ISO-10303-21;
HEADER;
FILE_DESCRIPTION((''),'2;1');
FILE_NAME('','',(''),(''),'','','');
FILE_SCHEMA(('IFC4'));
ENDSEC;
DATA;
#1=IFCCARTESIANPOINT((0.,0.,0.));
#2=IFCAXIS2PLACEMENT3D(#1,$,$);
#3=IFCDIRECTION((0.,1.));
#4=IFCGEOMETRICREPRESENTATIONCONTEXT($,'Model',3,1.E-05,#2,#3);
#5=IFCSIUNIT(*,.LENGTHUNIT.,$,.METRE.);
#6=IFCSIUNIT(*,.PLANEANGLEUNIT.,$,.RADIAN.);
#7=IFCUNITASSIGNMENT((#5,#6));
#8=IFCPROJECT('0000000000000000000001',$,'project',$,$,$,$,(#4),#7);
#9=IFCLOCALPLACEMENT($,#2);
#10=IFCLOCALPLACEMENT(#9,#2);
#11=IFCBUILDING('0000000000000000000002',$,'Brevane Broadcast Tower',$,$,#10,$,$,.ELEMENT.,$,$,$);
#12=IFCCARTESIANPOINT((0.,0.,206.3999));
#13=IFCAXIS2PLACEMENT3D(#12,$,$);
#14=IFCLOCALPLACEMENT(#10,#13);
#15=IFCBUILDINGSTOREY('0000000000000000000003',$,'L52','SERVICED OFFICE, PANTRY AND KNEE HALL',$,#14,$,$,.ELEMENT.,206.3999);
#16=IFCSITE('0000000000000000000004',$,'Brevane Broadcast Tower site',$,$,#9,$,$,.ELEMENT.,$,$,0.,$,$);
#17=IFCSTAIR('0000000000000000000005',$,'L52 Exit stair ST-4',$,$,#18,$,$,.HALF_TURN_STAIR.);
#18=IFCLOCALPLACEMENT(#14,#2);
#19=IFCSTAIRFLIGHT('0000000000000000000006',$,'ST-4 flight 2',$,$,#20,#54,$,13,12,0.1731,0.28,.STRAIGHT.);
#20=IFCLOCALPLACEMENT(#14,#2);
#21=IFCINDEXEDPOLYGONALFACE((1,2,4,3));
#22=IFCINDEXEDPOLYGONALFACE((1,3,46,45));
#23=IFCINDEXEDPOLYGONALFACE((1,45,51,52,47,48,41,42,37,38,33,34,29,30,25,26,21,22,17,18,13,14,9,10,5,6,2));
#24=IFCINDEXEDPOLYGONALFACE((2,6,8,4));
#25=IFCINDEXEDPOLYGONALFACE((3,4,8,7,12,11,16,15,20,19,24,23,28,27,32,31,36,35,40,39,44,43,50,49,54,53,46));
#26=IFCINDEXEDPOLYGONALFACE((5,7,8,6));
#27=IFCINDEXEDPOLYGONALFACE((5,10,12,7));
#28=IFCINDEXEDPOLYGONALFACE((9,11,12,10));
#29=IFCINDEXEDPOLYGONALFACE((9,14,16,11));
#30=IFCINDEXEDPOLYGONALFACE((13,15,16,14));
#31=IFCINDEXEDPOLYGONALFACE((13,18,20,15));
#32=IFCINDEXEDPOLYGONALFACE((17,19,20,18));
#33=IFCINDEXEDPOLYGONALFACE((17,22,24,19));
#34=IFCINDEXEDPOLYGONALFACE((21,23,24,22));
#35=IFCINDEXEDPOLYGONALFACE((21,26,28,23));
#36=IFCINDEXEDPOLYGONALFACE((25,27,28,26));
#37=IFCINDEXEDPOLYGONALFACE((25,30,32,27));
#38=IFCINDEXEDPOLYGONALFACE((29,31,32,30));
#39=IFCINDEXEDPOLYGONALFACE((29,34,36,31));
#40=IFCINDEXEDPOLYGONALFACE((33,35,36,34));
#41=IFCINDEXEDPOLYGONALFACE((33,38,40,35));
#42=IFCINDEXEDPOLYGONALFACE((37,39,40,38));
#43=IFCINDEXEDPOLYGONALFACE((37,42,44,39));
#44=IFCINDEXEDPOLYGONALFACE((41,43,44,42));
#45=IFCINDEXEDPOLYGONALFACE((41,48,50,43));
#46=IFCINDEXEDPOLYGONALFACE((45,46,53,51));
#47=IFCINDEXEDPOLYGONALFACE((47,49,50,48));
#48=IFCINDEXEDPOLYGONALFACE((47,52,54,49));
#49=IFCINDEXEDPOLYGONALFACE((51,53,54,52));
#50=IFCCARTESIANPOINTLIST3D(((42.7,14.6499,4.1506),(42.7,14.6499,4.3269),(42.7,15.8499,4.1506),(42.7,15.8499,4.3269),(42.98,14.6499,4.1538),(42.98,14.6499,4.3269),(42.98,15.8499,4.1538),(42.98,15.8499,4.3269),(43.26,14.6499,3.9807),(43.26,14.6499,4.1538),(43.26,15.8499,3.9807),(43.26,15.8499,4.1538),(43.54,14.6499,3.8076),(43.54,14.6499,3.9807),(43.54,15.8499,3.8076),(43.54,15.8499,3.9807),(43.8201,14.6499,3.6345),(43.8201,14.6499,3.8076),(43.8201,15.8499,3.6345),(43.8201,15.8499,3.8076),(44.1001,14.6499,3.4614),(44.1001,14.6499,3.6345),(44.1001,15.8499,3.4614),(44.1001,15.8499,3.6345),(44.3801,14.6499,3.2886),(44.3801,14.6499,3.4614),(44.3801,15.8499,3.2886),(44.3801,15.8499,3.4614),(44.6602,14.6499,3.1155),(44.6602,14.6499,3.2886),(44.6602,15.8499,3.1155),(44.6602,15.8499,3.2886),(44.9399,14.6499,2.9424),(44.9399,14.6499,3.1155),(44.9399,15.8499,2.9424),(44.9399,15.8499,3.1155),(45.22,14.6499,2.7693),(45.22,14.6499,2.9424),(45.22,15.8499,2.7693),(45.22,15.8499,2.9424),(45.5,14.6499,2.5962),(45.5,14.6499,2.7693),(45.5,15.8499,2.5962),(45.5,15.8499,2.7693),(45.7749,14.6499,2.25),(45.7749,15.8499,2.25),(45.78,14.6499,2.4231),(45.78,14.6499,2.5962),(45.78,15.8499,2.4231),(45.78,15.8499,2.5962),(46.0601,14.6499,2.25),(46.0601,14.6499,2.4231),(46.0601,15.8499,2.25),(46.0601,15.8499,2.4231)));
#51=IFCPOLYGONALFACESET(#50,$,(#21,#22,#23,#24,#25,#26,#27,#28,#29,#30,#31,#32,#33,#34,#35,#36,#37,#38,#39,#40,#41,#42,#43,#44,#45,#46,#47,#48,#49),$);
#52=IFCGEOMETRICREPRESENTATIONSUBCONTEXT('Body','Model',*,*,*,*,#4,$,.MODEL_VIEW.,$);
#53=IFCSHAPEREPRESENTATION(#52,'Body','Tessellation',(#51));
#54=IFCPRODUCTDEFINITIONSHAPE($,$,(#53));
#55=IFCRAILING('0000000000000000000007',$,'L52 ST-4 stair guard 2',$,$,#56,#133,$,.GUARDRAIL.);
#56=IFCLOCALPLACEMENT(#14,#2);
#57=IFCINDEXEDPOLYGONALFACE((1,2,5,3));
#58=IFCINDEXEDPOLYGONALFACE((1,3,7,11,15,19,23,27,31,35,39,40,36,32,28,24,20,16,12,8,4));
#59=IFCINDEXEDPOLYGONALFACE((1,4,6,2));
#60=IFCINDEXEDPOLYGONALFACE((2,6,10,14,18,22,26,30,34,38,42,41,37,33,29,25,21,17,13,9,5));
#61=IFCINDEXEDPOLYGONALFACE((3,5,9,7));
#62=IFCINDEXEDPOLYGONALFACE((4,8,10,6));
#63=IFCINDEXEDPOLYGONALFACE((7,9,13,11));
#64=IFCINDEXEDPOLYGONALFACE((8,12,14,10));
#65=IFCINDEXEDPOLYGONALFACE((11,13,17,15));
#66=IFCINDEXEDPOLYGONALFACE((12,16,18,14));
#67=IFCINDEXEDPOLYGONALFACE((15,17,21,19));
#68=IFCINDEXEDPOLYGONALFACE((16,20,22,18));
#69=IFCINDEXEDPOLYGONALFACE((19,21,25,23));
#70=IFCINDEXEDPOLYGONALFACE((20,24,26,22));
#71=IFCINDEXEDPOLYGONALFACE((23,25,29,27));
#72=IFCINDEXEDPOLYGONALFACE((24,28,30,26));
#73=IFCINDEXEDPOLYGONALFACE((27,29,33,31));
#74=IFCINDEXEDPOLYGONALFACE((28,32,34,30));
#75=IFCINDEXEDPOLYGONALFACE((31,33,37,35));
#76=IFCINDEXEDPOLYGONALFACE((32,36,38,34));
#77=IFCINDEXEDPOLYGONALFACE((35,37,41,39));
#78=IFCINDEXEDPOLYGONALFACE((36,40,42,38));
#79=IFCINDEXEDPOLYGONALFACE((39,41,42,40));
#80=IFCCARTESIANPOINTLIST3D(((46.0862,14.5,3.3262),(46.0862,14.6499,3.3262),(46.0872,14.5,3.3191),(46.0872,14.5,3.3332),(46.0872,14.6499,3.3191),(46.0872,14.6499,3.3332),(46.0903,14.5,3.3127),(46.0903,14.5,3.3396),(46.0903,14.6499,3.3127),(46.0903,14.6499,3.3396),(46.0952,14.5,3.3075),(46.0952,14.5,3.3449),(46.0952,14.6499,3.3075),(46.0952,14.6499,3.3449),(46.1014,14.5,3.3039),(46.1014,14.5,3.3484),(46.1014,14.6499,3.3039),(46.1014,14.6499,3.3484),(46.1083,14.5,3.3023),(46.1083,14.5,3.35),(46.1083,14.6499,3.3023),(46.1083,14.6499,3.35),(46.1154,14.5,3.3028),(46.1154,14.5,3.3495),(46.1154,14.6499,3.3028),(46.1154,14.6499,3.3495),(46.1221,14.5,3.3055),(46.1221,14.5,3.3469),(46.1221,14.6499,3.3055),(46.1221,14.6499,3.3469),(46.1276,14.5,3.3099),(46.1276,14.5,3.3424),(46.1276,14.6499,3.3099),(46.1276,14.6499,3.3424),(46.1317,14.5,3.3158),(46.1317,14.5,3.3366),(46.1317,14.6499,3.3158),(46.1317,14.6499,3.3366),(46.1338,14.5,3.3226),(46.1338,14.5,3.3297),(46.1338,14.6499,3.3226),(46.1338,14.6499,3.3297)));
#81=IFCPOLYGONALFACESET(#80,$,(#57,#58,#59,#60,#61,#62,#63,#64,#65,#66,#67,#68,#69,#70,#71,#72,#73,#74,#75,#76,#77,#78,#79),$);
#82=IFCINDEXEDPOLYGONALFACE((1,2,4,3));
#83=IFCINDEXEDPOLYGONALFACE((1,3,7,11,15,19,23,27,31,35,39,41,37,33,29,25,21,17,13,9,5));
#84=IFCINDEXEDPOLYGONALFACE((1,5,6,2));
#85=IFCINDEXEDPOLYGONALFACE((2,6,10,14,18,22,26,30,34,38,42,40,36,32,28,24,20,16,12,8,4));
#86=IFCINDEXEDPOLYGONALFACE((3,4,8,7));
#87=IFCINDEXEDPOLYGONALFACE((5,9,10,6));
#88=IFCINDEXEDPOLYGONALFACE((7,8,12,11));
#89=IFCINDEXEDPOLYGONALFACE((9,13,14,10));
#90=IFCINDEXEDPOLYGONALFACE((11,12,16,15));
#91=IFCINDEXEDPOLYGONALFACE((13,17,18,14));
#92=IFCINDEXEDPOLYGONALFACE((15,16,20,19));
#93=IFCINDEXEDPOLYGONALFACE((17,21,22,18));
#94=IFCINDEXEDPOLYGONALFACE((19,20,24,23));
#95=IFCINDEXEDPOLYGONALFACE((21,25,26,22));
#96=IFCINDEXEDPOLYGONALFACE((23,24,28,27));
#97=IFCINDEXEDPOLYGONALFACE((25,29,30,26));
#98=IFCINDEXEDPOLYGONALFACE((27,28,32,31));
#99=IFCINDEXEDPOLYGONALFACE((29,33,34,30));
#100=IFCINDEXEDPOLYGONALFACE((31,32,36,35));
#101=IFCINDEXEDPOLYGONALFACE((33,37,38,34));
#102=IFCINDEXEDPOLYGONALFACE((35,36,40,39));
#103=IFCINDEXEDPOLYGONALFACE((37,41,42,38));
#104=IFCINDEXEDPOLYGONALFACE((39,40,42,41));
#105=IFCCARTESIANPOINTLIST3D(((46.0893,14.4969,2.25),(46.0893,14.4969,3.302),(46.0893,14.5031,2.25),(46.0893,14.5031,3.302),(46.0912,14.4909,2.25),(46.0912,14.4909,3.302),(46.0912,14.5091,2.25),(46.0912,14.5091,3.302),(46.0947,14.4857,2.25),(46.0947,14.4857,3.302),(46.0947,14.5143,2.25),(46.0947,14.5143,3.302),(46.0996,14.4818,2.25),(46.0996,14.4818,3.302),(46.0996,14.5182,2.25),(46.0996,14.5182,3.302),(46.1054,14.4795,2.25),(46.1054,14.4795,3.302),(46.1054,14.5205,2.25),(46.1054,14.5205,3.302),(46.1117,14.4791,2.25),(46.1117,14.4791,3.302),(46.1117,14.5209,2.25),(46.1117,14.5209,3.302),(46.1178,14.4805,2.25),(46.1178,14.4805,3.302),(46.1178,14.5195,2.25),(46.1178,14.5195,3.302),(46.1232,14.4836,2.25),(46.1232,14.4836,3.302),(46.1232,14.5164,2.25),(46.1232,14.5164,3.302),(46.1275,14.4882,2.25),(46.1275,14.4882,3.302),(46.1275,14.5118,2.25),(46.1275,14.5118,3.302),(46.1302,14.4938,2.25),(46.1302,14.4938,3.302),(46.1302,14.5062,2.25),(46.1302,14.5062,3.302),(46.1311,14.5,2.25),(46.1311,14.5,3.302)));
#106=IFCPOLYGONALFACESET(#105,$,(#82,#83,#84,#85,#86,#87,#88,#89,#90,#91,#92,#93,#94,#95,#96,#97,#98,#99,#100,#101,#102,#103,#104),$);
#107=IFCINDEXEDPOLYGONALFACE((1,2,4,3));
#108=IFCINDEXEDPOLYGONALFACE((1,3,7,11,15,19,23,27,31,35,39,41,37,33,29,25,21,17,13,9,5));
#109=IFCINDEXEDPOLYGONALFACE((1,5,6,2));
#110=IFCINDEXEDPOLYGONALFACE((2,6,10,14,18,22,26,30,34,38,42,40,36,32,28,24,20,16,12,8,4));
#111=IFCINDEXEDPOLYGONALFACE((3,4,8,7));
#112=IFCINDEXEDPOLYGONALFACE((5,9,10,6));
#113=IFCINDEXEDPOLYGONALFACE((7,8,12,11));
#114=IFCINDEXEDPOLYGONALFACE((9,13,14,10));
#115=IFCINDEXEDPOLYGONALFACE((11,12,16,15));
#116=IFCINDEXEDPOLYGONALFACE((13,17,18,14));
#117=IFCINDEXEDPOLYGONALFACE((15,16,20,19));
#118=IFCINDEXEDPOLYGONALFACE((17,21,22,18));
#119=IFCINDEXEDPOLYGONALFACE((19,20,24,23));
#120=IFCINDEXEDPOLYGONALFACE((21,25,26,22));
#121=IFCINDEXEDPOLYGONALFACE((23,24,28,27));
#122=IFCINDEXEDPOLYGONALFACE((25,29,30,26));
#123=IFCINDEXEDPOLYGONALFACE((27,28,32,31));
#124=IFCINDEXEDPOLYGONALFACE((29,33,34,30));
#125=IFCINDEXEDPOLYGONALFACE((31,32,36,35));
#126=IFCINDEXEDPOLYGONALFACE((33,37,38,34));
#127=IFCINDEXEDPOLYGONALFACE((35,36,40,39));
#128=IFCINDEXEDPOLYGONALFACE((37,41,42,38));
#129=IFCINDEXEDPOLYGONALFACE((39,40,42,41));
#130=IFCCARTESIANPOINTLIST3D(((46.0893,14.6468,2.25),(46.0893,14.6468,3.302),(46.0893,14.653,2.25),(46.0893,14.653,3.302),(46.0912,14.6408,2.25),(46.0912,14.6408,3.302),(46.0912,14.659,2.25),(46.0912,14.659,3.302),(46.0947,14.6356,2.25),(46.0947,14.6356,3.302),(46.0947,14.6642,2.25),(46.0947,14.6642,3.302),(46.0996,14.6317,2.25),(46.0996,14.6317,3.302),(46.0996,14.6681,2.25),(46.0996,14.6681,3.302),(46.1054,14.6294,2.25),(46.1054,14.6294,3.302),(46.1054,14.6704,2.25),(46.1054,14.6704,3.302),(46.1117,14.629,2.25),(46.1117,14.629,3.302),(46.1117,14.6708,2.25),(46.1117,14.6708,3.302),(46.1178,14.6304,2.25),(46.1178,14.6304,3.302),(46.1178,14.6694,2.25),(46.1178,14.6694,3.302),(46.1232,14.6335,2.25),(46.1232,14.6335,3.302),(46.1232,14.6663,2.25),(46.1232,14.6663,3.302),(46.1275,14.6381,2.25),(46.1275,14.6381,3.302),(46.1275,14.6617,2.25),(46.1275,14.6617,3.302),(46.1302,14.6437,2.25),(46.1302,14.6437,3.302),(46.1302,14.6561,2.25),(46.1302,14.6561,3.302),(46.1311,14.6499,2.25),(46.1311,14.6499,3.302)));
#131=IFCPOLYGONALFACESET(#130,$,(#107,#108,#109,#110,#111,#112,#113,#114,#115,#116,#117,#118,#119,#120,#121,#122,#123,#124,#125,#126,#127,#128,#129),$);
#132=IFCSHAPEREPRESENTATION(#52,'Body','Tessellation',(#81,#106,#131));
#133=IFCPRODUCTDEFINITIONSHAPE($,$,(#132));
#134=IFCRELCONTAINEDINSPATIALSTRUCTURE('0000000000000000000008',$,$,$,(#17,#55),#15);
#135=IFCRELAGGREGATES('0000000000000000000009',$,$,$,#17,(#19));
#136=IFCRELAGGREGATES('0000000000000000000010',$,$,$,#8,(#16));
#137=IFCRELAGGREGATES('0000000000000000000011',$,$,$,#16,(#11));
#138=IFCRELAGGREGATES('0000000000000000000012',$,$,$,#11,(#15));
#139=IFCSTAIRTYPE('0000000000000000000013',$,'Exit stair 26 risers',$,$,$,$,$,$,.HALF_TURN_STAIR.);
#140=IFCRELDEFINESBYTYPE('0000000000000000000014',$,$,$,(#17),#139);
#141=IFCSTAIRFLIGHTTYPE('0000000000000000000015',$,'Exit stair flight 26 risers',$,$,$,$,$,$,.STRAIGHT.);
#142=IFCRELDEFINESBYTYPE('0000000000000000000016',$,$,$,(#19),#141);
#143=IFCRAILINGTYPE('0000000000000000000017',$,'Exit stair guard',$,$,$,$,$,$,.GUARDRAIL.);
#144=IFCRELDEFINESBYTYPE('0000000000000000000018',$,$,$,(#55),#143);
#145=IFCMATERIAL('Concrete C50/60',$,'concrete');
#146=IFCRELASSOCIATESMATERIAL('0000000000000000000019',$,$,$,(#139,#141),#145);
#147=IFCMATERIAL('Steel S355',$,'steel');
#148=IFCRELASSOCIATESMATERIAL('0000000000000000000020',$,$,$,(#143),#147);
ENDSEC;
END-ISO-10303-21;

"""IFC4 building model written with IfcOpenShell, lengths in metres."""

from ifc_helpers import new_model, si_unit, direction, frame, origin, origin_2d, place, context, subcontext, project, spatial, polyline, circle, outline, extrude, material, type_object, element, aggregate, save


model = new_model("IFC4")

# Units and contexts
model_context = context("Model", 3, precision=1e-05, world=origin(), true_north=direction((0.0, 1.0)))
body_context = subcontext(model_context, "Body", "Model", "MODEL_VIEW")
ifc_project = project(units=[si_unit("LENGTHUNIT", "METRE"), si_unit("PLANEANGLEUNIT", "RADIAN")], contexts=[model_context])

# Site, building, storey
site_placement = place(None, origin())
site = spatial("IfcSite", under=ifc_project, at=site_placement, Name="Brevane Broadcast Tower site", CompositionType="ELEMENT", RefElevation=0.0)
building_placement = place(site_placement, origin())
building = spatial("IfcBuilding", under=site, at=building_placement, Name="Brevane Broadcast Tower", CompositionType="ELEMENT")
storey_placement = place(building_placement, frame((0.0, 0.0, 206.3999)))
storey = spatial("IfcBuildingStorey", under=building, at=storey_placement, Name="L52", Description="SERVICED OFFICE, PANTRY AND KNEE HALL", CompositionType="ELEMENT", Elevation=206.3999)

# Stair, stair flight
ifc_material_1 = material(Name="Concrete C50/60", Category="concrete")
stair_type = type_object("IfcStairType", Name="Exit stair 26 risers", PredefinedType="HALF_TURN_STAIR", material=ifc_material_1)
stair_placement = place(storey_placement, origin())
stair = element("IfcStair", 1, at=stair_placement, inside=storey, type_object=stair_type, Name="L52 Exit stair ST-4", PredefinedType="HALF_TURN_STAIR")
stair_flight_type = type_object("IfcStairFlightType", Name="Exit stair flight 26 risers", PredefinedType="STRAIGHT", material=ifc_material_1)
stair_flight_placement = place(storey_placement, frame((46.0601, 15.25, 2.25), z_axis=(0.0, 0.0, 1.0), x_axis=(-1.0, 0.0, 0.0)))
stair_flight = element("IfcStairFlight", 2, at=stair_flight_placement, type_object=stair_flight_type, Name="ST-4 flight 2", NumberOfRisers=13, NumberOfTreads=12, PredefinedType="STRAIGHT", RiserHeight=0.1731, TreadLength=0.28, context=body_context, shape_type="SweptSolid", body=[
    extrude(outline(polyline([(0.0, 0.0), (0.0, 0.1731), (0.28, 0.1731), (0.28, 0.3462), (0.5601, 0.3462), (0.5601, 0.5193), (0.8401, 0.5193), (0.8401, 0.6924), (1.1201, 0.6924), (1.1201, 0.8655), (1.3999, 0.8655), (1.3999, 1.0386), (1.6799, 1.0386), (1.6799, 1.2114), (1.96, 1.2114), (1.96, 1.3845), (2.24, 1.3845), (2.24, 1.5576), (2.52, 1.5576), (2.52, 1.7307), (2.8, 1.7307), (2.8, 1.9038), (3.0801, 1.9038), (3.0801, 2.0769), (3.3601, 2.0769), (3.3601, 2.25), (3.3601, 1.9006), (0.2852, 0.0), (0.0, 0.0)])), frame((0.0, 0.6001, 0.0), z_axis=(0.0, -1.0, 0.0), x_axis=(1.0, 0.0, 0.0)), (0.0, 0.0, 1.0), 1.2),
])
aggregate(stair, [stair_flight])

# Railing
ifc_material_2 = material(Name="Steel S355", Category="steel")
railing_type_1 = type_object("IfcRailingType", Name="Exit stair guard", PredefinedType="GUARDRAIL", material=ifc_material_2)
railing_1_placement = place(storey_placement, frame((46.1101, 14.5, 2.25)))
element("IfcRailing", 3, at=railing_1_placement, inside=storey, type_object=railing_type_1, Name="L52 ST-4 stair guard 2", PredefinedType="GUARDRAIL", context=body_context, shape_type="SweptSolid", body=[
    extrude(circle(Radius=0.0239, at=origin_2d()), frame((0.0, 0.0, 1.0762), z_axis=(0.0, 1.0, 0.0), x_axis=(-1.0, 0.0, 0.0)), (0.0, 0.0, 1.0), 0.1499),
    extrude(circle(Radius=0.021, at=origin_2d()), origin(), (0.0, 0.0, 1.0), 1.052),
    extrude(circle(Radius=0.021, at=origin_2d()), frame((0.0, 0.1499, 0.0)), (0.0, 0.0, 1.0), 1.052),
])

save(model, "model.ifc")
